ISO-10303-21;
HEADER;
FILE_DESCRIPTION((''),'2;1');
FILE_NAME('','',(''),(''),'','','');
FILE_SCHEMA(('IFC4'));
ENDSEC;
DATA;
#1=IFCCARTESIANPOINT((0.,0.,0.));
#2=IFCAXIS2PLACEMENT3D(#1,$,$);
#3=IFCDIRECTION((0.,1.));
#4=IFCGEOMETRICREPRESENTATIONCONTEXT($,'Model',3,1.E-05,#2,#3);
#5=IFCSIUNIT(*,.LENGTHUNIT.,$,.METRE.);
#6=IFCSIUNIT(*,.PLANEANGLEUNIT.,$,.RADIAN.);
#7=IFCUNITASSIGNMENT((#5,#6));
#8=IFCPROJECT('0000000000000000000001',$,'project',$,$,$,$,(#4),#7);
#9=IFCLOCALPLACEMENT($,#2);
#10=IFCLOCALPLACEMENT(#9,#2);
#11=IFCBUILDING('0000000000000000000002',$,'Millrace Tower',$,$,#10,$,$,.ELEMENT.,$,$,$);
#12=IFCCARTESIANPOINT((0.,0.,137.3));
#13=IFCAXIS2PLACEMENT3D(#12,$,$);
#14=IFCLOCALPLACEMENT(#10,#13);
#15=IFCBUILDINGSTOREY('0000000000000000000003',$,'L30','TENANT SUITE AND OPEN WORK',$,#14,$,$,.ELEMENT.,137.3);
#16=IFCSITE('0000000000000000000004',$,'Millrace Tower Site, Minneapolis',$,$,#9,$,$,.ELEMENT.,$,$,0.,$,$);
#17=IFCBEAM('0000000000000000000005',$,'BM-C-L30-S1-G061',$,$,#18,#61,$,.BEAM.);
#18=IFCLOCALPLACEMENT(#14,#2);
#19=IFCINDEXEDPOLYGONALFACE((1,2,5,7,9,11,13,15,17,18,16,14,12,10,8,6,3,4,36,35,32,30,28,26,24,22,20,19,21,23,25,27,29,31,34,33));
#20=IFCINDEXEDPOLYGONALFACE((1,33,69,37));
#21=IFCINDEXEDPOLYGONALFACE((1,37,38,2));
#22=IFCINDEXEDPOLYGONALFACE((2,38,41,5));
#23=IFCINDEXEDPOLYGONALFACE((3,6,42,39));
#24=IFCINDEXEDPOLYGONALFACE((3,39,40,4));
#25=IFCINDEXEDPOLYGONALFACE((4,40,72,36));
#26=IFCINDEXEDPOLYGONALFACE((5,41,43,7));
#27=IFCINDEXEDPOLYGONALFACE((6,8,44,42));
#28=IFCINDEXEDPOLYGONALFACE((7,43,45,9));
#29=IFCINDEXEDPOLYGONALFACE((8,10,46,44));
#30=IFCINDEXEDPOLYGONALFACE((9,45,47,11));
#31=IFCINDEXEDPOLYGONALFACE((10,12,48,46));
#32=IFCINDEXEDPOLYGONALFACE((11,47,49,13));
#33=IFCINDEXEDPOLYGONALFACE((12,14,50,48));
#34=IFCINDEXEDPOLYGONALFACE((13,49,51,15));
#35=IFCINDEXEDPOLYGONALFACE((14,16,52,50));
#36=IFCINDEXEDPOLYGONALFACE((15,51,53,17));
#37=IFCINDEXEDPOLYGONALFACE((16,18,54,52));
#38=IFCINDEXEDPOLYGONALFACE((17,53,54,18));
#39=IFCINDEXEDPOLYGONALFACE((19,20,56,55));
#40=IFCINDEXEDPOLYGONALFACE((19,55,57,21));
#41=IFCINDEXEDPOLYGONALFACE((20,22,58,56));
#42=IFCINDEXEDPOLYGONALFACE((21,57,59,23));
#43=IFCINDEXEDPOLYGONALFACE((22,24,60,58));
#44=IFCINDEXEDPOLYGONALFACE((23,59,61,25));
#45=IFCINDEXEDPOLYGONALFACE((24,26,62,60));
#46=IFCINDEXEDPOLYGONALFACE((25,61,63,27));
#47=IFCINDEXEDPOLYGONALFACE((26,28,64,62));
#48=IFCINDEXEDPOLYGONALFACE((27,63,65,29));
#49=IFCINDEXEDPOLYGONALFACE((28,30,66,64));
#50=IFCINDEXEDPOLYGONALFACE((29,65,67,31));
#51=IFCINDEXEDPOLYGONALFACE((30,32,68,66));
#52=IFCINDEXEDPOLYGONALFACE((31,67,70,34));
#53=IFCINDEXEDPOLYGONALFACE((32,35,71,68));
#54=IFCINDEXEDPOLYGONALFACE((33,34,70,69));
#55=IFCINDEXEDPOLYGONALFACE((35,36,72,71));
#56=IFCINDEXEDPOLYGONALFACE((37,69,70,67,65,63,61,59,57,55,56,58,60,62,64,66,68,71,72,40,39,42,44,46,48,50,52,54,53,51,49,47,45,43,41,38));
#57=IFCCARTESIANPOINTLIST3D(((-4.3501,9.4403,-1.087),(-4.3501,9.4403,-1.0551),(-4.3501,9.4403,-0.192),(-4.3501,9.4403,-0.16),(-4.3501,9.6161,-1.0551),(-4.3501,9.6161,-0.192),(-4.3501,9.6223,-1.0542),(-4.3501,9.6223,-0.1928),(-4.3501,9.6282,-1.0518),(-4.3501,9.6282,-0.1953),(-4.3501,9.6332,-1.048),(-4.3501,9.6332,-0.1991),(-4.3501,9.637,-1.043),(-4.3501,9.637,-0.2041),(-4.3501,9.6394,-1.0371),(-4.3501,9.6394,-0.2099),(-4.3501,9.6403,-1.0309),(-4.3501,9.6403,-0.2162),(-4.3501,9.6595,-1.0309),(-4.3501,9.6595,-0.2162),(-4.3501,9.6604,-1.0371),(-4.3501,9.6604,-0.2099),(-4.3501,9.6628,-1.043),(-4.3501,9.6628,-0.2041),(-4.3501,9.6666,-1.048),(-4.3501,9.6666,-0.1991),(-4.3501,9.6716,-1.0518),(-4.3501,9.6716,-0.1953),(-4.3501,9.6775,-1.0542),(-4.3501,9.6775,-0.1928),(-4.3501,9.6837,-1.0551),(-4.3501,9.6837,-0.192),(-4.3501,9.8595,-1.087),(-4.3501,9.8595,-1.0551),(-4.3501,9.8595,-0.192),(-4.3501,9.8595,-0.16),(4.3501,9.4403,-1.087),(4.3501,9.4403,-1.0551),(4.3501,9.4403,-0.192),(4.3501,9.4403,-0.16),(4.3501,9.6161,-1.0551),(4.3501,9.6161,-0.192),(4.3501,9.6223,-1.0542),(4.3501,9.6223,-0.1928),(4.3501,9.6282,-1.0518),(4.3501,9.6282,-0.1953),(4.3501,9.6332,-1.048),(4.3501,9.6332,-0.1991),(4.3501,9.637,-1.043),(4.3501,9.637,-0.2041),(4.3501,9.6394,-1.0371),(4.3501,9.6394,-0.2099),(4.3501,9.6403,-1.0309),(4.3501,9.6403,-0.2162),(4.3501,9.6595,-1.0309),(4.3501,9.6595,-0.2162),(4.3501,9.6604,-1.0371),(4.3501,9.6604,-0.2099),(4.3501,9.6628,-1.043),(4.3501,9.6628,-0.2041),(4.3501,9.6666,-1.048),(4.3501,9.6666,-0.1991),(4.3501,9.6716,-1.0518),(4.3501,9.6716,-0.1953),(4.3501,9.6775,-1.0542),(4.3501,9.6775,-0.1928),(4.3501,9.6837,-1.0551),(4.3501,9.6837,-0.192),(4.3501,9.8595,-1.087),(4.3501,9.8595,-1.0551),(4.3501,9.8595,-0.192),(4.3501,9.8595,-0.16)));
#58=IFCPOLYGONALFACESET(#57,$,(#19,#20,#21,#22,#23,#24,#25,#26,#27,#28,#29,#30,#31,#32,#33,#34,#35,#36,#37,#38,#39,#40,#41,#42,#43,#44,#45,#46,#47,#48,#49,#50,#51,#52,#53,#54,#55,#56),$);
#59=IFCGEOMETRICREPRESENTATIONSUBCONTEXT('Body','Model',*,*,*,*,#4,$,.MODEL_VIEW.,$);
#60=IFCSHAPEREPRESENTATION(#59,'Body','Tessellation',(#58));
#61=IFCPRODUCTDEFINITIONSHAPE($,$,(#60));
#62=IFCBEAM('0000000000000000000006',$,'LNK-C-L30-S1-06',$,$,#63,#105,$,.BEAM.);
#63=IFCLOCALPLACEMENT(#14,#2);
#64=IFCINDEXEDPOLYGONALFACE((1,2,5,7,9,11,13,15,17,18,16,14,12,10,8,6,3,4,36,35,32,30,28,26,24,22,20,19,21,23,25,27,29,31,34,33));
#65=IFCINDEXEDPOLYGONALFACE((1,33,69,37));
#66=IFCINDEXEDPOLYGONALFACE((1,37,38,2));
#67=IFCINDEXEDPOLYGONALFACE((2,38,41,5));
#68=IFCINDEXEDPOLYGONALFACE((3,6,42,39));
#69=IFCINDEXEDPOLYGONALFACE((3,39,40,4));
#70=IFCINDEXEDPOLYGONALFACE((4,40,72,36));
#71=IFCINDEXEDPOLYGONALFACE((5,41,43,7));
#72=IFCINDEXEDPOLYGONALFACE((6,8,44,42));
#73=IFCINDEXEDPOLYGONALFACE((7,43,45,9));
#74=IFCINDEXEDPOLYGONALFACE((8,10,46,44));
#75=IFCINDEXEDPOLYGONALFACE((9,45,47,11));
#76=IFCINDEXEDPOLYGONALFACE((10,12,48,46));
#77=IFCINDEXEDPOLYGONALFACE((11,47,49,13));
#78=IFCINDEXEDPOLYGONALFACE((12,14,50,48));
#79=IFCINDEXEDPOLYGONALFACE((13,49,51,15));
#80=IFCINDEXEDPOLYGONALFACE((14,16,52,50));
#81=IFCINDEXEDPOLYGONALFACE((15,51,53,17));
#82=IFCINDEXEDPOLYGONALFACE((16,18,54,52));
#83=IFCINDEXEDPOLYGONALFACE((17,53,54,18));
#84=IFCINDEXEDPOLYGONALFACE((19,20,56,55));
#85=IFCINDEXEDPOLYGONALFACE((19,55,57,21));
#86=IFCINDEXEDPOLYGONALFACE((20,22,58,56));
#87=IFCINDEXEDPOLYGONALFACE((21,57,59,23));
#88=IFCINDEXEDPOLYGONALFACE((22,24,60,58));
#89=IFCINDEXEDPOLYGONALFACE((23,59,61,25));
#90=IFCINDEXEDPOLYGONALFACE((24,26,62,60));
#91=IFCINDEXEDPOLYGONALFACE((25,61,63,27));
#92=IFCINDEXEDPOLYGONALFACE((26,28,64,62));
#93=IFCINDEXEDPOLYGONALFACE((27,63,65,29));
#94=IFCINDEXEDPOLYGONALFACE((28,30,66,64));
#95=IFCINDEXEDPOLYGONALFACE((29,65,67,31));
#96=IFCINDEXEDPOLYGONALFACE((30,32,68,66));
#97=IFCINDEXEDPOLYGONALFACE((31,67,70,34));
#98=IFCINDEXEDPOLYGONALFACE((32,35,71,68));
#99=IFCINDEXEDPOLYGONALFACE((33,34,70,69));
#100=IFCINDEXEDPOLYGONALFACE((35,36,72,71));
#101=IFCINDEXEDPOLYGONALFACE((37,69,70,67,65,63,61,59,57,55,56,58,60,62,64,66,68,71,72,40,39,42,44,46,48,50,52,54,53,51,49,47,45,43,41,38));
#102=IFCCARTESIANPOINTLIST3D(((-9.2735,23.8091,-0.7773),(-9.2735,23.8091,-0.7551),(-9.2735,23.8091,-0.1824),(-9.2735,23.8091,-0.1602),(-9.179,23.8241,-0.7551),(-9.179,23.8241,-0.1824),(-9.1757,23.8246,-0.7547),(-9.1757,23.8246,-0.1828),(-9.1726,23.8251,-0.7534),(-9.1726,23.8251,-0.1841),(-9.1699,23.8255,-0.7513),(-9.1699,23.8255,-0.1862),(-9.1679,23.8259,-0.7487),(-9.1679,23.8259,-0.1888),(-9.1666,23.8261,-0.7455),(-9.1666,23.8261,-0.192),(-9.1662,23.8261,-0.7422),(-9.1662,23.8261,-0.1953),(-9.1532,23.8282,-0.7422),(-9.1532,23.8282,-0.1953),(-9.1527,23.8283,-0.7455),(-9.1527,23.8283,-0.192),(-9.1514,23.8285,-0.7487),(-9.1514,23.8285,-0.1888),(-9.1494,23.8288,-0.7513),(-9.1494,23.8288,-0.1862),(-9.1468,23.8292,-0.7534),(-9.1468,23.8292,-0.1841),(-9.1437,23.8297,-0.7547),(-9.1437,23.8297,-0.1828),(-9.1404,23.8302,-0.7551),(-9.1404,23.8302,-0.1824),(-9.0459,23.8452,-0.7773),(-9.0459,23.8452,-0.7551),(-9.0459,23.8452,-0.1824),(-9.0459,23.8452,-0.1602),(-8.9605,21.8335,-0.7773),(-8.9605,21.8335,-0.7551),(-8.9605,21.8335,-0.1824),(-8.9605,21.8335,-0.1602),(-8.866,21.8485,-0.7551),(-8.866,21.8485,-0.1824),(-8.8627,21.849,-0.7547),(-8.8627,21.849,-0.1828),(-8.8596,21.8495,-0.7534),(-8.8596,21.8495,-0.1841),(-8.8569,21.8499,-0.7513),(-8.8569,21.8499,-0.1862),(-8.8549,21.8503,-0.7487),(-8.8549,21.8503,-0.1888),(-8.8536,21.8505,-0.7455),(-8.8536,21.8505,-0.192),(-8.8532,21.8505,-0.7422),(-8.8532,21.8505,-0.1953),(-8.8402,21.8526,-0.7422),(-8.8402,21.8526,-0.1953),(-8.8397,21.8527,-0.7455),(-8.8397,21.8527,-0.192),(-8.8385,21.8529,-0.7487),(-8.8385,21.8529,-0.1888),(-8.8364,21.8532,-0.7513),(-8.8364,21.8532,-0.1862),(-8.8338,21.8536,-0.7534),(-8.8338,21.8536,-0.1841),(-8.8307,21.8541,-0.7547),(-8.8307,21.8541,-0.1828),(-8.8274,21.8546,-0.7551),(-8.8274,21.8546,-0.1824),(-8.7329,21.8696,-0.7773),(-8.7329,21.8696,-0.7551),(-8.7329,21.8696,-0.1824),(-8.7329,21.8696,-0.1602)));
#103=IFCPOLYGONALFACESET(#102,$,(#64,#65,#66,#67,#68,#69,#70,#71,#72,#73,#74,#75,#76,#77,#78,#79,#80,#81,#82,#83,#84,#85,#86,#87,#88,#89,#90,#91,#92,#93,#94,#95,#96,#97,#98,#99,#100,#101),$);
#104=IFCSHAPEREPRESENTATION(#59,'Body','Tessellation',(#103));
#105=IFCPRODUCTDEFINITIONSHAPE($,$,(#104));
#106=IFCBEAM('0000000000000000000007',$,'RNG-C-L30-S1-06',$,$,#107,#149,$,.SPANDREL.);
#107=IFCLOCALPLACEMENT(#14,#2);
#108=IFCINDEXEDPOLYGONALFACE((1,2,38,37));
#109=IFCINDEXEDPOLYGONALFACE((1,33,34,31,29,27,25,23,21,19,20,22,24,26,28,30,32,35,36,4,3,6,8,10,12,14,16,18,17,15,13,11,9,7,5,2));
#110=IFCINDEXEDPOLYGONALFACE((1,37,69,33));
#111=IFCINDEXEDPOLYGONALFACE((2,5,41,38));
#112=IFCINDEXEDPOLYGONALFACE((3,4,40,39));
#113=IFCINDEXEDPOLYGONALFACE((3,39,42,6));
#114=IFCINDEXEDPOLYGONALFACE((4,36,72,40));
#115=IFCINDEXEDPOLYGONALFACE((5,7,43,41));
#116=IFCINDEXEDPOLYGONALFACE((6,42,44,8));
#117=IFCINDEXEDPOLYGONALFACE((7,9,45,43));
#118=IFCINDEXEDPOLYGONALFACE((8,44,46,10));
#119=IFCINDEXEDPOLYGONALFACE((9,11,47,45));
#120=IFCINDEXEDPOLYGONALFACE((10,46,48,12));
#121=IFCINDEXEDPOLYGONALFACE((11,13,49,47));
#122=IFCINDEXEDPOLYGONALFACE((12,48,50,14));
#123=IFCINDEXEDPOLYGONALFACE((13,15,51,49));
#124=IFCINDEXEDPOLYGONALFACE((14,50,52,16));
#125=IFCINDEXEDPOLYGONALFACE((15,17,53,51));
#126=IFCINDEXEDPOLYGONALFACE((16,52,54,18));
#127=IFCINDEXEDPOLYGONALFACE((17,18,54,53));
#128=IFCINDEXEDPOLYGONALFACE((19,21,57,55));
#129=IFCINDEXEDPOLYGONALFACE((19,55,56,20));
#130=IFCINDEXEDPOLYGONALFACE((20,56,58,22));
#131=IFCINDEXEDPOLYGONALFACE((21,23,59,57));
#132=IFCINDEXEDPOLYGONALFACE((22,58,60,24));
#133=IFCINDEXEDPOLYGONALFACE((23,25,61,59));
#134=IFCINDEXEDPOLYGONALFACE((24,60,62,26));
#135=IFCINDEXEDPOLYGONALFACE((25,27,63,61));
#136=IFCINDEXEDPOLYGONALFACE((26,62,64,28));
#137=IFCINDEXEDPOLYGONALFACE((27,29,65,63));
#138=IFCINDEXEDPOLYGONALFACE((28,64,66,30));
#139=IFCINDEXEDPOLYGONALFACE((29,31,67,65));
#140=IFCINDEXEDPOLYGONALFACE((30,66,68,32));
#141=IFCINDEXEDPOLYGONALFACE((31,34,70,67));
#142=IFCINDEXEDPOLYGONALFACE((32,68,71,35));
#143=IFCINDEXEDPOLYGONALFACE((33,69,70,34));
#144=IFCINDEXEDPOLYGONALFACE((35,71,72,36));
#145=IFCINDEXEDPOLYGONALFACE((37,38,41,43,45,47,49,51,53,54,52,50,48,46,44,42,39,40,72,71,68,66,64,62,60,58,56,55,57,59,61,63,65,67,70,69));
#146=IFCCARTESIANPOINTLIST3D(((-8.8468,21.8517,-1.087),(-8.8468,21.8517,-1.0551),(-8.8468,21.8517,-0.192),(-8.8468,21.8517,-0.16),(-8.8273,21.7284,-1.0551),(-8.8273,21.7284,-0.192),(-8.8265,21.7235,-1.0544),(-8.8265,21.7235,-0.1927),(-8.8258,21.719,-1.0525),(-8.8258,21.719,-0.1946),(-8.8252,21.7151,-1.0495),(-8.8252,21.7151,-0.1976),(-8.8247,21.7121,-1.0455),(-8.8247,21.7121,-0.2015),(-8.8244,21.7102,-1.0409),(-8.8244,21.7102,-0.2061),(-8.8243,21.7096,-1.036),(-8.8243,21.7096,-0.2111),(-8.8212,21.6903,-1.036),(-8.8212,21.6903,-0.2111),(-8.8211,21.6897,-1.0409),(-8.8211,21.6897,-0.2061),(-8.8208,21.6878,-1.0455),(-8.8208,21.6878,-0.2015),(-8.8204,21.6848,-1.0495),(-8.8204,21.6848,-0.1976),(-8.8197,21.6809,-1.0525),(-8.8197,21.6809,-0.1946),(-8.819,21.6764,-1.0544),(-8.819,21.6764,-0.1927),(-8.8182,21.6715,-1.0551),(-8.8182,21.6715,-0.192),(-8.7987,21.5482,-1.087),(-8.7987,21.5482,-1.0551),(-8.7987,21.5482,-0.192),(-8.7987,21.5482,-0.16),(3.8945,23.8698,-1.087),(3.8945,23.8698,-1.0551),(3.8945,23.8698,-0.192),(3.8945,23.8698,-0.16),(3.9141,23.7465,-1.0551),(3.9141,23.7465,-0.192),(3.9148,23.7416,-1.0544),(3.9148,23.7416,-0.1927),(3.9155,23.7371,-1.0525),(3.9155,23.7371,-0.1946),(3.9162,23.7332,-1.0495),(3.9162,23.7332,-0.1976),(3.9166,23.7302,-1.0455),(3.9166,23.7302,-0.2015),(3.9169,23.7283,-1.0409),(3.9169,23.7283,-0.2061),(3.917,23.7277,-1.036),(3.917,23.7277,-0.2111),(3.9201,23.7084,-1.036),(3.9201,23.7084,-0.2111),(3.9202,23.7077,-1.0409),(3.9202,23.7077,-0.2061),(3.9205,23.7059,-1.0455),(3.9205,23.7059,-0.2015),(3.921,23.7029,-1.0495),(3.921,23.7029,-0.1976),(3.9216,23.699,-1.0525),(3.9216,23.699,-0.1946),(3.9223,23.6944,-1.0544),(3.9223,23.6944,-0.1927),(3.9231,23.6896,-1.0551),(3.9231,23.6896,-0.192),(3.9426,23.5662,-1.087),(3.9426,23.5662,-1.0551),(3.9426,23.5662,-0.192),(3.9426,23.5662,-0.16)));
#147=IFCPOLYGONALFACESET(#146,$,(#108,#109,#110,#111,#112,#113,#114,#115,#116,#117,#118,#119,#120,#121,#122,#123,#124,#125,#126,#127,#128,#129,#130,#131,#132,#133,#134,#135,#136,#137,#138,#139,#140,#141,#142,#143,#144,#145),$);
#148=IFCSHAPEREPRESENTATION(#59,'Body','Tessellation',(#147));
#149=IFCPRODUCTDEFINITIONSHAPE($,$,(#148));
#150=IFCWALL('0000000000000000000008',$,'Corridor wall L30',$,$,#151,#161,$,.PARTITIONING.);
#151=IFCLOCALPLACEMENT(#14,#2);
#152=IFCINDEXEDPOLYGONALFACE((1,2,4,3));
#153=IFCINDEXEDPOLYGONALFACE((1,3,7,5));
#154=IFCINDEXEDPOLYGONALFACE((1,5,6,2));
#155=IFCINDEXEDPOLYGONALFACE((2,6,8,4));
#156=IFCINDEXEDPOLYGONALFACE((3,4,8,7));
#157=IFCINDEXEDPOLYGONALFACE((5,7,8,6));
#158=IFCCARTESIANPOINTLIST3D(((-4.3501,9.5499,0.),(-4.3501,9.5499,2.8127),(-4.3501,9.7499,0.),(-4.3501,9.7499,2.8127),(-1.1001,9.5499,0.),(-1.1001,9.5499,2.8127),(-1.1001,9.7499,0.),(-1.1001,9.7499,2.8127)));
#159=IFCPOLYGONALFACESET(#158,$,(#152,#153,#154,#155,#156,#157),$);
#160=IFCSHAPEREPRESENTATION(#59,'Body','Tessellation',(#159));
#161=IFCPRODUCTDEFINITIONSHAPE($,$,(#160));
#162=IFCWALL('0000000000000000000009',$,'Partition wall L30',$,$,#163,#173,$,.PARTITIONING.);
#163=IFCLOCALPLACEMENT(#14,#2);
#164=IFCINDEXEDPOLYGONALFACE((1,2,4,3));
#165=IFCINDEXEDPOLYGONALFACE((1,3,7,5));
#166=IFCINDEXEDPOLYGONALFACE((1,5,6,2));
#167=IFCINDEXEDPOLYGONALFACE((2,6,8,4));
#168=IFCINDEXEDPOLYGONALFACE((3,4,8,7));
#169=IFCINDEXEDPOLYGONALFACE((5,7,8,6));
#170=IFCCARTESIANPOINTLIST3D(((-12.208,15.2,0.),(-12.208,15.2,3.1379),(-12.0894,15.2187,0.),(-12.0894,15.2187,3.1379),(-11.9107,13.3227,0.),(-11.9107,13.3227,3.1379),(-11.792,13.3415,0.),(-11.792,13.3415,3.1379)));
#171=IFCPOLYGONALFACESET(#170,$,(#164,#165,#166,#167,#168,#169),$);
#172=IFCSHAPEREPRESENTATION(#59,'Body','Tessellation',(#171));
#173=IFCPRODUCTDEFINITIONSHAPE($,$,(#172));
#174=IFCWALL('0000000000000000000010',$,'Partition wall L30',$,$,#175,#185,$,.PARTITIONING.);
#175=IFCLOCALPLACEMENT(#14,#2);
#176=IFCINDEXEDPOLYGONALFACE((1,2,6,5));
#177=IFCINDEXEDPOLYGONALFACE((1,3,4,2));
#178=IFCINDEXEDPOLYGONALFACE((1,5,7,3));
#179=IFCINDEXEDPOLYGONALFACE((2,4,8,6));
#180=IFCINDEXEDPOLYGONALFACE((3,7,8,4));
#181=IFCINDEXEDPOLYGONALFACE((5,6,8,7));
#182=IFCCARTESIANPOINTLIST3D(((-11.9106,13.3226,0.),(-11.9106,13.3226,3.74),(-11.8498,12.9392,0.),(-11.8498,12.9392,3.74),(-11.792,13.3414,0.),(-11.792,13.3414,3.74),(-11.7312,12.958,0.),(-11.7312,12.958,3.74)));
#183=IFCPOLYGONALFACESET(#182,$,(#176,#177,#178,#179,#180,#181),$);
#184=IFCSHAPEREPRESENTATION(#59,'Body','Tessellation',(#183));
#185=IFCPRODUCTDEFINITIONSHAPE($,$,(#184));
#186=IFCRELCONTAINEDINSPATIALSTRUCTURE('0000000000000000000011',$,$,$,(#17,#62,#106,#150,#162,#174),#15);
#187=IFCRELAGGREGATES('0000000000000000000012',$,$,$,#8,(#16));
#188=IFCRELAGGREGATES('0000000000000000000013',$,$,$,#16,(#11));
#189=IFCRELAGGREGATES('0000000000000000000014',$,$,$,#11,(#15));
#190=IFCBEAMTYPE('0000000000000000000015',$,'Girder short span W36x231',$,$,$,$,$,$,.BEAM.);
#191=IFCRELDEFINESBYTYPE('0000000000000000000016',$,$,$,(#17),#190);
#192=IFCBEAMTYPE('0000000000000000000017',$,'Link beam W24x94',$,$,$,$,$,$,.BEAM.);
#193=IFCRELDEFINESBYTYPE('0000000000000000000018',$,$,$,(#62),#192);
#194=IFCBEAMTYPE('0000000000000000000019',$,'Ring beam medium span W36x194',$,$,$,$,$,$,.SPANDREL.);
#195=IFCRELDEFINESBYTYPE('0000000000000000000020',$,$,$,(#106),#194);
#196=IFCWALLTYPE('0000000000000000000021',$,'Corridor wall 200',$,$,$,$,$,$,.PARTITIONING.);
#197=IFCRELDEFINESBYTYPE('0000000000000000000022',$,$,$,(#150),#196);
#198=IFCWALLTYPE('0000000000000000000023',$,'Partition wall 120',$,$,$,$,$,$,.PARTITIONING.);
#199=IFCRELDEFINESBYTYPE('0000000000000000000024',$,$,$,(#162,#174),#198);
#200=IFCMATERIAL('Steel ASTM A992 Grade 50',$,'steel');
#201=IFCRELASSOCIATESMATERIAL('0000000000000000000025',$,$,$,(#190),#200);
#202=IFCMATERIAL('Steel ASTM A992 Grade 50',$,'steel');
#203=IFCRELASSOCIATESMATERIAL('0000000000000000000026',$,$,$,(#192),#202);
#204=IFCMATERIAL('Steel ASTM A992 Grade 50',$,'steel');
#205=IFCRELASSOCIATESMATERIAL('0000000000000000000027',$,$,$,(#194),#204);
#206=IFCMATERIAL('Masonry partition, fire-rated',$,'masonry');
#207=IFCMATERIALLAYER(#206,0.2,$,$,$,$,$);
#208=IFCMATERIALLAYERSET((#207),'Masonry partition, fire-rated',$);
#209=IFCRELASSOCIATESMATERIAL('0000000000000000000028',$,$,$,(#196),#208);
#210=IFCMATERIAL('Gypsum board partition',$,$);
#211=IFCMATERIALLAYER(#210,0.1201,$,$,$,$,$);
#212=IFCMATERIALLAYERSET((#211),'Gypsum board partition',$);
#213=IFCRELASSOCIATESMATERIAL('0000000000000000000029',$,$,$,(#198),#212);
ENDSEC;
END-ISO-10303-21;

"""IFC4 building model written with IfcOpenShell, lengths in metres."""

from ifc_helpers import new_model, si_unit, direction, frame, frame_2d, origin, origin_2d, place, context, subcontext, project, spatial, rectangle, i_section, extrude, material, layer, layer_set, material_profile, profile_set, type_object, element, save


model = new_model("IFC4")

# Units and contexts
model_context = context("Model", 3, precision=1e-05, world=origin(), true_north=direction((0.0, 1.0)))
body_context = subcontext(model_context, "Body", "Model", "MODEL_VIEW")
ifc_project = project(units=[si_unit("LENGTHUNIT", "METRE"), si_unit("PLANEANGLEUNIT", "RADIAN")], contexts=[model_context])

# Site, building, storey
site_placement = place(None, origin())
site = spatial("IfcSite", under=ifc_project, at=site_placement, Name="Millrace Tower Site, Minneapolis", CompositionType="ELEMENT", RefElevation=0.0)
building_placement = place(site_placement, origin())
building = spatial("IfcBuilding", under=site, at=building_placement, Name="Millrace Tower", CompositionType="ELEMENT")
storey_placement = place(building_placement, frame((0.0, 0.0, 137.3)))
storey = spatial("IfcBuildingStorey", under=building, at=storey_placement, Name="L30", Description="TENANT SUITE AND OPEN WORK", CompositionType="ELEMENT", Elevation=137.3)

# Beams
ifc_material_1 = material(Name="Steel ASTM A992 Grade 50", Category="steel")
ifc_material_profile_1 = material_profile(ifc_material_1, i_section(OverallWidth=0.4192, OverallDepth=0.927, WebThickness=0.0193, FlangeThickness=0.032, FilletRadius=0.0242, at=origin_2d()))
ifc_profile_set_1 = profile_set([ifc_material_profile_1], Name="Steel ASTM A992 Grade 50")
beam_type_1 = type_object("IfcBeamType", Name="Girder short span W36x231", PredefinedType="BEAM", material=ifc_profile_set_1)
beam_1_placement = place(storey_placement, frame((-4.3501, 9.6499, -0.6235), z_axis=(1.0, 0.0, 0.0), x_axis=(0.0, 1.0, 0.0)))
element("IfcBeam", 1, at=beam_1_placement, inside=storey, type_object=beam_type_1, Name="BM-C-L30-S1-G061", PredefinedType="BEAM", context=body_context, shape_type="SweptSolid", body=[
    extrude(i_section(OverallWidth=0.4192, OverallDepth=0.927, WebThickness=0.0193, FlangeThickness=0.032, FilletRadius=0.0242, at=origin_2d()), origin(), (0.0, 0.0, 1.0), 8.7002),
])
ifc_material_2 = material(Name="Steel ASTM A992 Grade 50", Category="steel")
ifc_material_profile_2 = material_profile(ifc_material_2, i_section(OverallWidth=0.2305, OverallDepth=0.6172, WebThickness=0.0132, FlangeThickness=0.0222, FilletRadius=0.0129, at=origin_2d()))
ifc_profile_set_2 = profile_set([ifc_material_profile_2], Name="Steel ASTM A992 Grade 50")
beam_type_2 = type_object("IfcBeamType", Name="Link beam W24x94", PredefinedType="BEAM", material=ifc_profile_set_2)
beam_2_placement = place(storey_placement, frame((-8.8467, 21.8516, -0.4688), z_axis=(-0.156477, 0.987682, 0.0), x_axis=(-0.987682, -0.156477, 0.0)))
element("IfcBeam", 2, at=beam_2_placement, inside=storey, type_object=beam_type_2, Name="LNK-C-L30-S1-06", PredefinedType="BEAM", context=body_context, shape_type="SweptSolid", body=[
    extrude(i_section(OverallWidth=0.2305, OverallDepth=0.6172, WebThickness=0.0132, FlangeThickness=0.0222, FilletRadius=0.0129, at=origin_2d()), origin(), (0.0, 0.0, 1.0), 2.0002),
])
ifc_material_3 = material(Name="Steel ASTM A992 Grade 50", Category="steel")
ifc_material_profile_3 = material_profile(ifc_material_3, i_section(OverallWidth=0.3074, OverallDepth=0.927, WebThickness=0.0195, FlangeThickness=0.032, FilletRadius=0.019, at=origin_2d()))
ifc_profile_set_3 = profile_set([ifc_material_profile_3], Name="Steel ASTM A992 Grade 50")
beam_type_3 = type_object("IfcBeamType", Name="Ring beam medium span W36x194", PredefinedType="SPANDREL", material=ifc_profile_set_3)
beam_3_placement = place(storey_placement, frame((-8.8228, 21.7, -0.6235), z_axis=(0.987688, 0.156439, 0.0), x_axis=(-0.156439, 0.987688, 0.0)))
element("IfcBeam", 3, at=beam_3_placement, inside=storey, type_object=beam_type_3, Name="RNG-C-L30-S1-06", PredefinedType="SPANDREL", context=body_context, shape_type="SweptSolid", body=[
    extrude(i_section(OverallWidth=0.3074, OverallDepth=0.927, WebThickness=0.0195, FlangeThickness=0.032, FilletRadius=0.019, at=origin_2d()), origin(), (0.0, 0.0, 1.0), 12.9001),
])

# Walls
ifc_material_4 = material(Name="Masonry partition, fire-rated", Category="masonry")
ifc_layer_1 = layer(ifc_material_4, 0.2)
ifc_layer_set_1 = layer_set([ifc_layer_1], Name="Masonry partition, fire-rated")
wall_type_1 = type_object("IfcWallType", Name="Corridor wall 200", PredefinedType="PARTITIONING", material=ifc_layer_set_1)
wall_1_placement = place(storey_placement, frame((-4.3501, 9.6499, 0.0), z_axis=(0.0, 0.0, 1.0), x_axis=(1.0, 0.0, 0.0)))
element("IfcWall", 4, at=wall_1_placement, inside=storey, type_object=wall_type_1, Name="Corridor wall L30", PredefinedType="PARTITIONING", context=body_context, shape_type="SweptSolid", body=[
    extrude(rectangle(XDim=3.25, YDim=0.2, at=frame_2d((1.625, 0.0))), origin(), (0.0, 0.0, 1.0), 2.8127),
])
ifc_material_5 = material(Name="Gypsum board partition")
ifc_layer_2 = layer(ifc_material_5, 0.1201)
ifc_layer_set_2 = layer_set([ifc_layer_2], Name="Gypsum board partition")
wall_type_2 = type_object("IfcWallType", Name="Partition wall 120", PredefinedType="PARTITIONING", material=ifc_layer_set_2)
wall_2_placement = place(storey_placement, frame((-12.1487, 15.2092, 0.0), z_axis=(0.0, 0.0, 1.0), x_axis=(0.156457, -0.987685, 0.0)))
element("IfcWall", 5, at=wall_2_placement, inside=storey, type_object=wall_type_2, Name="Partition wall L30", PredefinedType="PARTITIONING", context=body_context, shape_type="SweptSolid", body=[
    extrude(rectangle(XDim=1.9006, YDim=0.1201, at=frame_2d((0.9502, 0.0))), origin(), (0.0, 0.0, 1.0), 3.1379),
])
wall_3_placement = place(storey_placement, frame((-11.8513, 13.332, 0.0), z_axis=(0.0, 0.0, 1.0), x_axis=(0.156641, -0.987656, 0.0)))
element("IfcWall", 6, at=wall_3_placement, inside=storey, type_object=wall_type_2, Name="Partition wall L30", PredefinedType="PARTITIONING", context=body_context, shape_type="SweptSolid", body=[
    extrude(rectangle(XDim=0.3882, YDim=0.1201, at=frame_2d((0.1941, 0.0))), origin(), (0.0, 0.0, 1.0), 3.74),
])

save(model, "model.ifc")
